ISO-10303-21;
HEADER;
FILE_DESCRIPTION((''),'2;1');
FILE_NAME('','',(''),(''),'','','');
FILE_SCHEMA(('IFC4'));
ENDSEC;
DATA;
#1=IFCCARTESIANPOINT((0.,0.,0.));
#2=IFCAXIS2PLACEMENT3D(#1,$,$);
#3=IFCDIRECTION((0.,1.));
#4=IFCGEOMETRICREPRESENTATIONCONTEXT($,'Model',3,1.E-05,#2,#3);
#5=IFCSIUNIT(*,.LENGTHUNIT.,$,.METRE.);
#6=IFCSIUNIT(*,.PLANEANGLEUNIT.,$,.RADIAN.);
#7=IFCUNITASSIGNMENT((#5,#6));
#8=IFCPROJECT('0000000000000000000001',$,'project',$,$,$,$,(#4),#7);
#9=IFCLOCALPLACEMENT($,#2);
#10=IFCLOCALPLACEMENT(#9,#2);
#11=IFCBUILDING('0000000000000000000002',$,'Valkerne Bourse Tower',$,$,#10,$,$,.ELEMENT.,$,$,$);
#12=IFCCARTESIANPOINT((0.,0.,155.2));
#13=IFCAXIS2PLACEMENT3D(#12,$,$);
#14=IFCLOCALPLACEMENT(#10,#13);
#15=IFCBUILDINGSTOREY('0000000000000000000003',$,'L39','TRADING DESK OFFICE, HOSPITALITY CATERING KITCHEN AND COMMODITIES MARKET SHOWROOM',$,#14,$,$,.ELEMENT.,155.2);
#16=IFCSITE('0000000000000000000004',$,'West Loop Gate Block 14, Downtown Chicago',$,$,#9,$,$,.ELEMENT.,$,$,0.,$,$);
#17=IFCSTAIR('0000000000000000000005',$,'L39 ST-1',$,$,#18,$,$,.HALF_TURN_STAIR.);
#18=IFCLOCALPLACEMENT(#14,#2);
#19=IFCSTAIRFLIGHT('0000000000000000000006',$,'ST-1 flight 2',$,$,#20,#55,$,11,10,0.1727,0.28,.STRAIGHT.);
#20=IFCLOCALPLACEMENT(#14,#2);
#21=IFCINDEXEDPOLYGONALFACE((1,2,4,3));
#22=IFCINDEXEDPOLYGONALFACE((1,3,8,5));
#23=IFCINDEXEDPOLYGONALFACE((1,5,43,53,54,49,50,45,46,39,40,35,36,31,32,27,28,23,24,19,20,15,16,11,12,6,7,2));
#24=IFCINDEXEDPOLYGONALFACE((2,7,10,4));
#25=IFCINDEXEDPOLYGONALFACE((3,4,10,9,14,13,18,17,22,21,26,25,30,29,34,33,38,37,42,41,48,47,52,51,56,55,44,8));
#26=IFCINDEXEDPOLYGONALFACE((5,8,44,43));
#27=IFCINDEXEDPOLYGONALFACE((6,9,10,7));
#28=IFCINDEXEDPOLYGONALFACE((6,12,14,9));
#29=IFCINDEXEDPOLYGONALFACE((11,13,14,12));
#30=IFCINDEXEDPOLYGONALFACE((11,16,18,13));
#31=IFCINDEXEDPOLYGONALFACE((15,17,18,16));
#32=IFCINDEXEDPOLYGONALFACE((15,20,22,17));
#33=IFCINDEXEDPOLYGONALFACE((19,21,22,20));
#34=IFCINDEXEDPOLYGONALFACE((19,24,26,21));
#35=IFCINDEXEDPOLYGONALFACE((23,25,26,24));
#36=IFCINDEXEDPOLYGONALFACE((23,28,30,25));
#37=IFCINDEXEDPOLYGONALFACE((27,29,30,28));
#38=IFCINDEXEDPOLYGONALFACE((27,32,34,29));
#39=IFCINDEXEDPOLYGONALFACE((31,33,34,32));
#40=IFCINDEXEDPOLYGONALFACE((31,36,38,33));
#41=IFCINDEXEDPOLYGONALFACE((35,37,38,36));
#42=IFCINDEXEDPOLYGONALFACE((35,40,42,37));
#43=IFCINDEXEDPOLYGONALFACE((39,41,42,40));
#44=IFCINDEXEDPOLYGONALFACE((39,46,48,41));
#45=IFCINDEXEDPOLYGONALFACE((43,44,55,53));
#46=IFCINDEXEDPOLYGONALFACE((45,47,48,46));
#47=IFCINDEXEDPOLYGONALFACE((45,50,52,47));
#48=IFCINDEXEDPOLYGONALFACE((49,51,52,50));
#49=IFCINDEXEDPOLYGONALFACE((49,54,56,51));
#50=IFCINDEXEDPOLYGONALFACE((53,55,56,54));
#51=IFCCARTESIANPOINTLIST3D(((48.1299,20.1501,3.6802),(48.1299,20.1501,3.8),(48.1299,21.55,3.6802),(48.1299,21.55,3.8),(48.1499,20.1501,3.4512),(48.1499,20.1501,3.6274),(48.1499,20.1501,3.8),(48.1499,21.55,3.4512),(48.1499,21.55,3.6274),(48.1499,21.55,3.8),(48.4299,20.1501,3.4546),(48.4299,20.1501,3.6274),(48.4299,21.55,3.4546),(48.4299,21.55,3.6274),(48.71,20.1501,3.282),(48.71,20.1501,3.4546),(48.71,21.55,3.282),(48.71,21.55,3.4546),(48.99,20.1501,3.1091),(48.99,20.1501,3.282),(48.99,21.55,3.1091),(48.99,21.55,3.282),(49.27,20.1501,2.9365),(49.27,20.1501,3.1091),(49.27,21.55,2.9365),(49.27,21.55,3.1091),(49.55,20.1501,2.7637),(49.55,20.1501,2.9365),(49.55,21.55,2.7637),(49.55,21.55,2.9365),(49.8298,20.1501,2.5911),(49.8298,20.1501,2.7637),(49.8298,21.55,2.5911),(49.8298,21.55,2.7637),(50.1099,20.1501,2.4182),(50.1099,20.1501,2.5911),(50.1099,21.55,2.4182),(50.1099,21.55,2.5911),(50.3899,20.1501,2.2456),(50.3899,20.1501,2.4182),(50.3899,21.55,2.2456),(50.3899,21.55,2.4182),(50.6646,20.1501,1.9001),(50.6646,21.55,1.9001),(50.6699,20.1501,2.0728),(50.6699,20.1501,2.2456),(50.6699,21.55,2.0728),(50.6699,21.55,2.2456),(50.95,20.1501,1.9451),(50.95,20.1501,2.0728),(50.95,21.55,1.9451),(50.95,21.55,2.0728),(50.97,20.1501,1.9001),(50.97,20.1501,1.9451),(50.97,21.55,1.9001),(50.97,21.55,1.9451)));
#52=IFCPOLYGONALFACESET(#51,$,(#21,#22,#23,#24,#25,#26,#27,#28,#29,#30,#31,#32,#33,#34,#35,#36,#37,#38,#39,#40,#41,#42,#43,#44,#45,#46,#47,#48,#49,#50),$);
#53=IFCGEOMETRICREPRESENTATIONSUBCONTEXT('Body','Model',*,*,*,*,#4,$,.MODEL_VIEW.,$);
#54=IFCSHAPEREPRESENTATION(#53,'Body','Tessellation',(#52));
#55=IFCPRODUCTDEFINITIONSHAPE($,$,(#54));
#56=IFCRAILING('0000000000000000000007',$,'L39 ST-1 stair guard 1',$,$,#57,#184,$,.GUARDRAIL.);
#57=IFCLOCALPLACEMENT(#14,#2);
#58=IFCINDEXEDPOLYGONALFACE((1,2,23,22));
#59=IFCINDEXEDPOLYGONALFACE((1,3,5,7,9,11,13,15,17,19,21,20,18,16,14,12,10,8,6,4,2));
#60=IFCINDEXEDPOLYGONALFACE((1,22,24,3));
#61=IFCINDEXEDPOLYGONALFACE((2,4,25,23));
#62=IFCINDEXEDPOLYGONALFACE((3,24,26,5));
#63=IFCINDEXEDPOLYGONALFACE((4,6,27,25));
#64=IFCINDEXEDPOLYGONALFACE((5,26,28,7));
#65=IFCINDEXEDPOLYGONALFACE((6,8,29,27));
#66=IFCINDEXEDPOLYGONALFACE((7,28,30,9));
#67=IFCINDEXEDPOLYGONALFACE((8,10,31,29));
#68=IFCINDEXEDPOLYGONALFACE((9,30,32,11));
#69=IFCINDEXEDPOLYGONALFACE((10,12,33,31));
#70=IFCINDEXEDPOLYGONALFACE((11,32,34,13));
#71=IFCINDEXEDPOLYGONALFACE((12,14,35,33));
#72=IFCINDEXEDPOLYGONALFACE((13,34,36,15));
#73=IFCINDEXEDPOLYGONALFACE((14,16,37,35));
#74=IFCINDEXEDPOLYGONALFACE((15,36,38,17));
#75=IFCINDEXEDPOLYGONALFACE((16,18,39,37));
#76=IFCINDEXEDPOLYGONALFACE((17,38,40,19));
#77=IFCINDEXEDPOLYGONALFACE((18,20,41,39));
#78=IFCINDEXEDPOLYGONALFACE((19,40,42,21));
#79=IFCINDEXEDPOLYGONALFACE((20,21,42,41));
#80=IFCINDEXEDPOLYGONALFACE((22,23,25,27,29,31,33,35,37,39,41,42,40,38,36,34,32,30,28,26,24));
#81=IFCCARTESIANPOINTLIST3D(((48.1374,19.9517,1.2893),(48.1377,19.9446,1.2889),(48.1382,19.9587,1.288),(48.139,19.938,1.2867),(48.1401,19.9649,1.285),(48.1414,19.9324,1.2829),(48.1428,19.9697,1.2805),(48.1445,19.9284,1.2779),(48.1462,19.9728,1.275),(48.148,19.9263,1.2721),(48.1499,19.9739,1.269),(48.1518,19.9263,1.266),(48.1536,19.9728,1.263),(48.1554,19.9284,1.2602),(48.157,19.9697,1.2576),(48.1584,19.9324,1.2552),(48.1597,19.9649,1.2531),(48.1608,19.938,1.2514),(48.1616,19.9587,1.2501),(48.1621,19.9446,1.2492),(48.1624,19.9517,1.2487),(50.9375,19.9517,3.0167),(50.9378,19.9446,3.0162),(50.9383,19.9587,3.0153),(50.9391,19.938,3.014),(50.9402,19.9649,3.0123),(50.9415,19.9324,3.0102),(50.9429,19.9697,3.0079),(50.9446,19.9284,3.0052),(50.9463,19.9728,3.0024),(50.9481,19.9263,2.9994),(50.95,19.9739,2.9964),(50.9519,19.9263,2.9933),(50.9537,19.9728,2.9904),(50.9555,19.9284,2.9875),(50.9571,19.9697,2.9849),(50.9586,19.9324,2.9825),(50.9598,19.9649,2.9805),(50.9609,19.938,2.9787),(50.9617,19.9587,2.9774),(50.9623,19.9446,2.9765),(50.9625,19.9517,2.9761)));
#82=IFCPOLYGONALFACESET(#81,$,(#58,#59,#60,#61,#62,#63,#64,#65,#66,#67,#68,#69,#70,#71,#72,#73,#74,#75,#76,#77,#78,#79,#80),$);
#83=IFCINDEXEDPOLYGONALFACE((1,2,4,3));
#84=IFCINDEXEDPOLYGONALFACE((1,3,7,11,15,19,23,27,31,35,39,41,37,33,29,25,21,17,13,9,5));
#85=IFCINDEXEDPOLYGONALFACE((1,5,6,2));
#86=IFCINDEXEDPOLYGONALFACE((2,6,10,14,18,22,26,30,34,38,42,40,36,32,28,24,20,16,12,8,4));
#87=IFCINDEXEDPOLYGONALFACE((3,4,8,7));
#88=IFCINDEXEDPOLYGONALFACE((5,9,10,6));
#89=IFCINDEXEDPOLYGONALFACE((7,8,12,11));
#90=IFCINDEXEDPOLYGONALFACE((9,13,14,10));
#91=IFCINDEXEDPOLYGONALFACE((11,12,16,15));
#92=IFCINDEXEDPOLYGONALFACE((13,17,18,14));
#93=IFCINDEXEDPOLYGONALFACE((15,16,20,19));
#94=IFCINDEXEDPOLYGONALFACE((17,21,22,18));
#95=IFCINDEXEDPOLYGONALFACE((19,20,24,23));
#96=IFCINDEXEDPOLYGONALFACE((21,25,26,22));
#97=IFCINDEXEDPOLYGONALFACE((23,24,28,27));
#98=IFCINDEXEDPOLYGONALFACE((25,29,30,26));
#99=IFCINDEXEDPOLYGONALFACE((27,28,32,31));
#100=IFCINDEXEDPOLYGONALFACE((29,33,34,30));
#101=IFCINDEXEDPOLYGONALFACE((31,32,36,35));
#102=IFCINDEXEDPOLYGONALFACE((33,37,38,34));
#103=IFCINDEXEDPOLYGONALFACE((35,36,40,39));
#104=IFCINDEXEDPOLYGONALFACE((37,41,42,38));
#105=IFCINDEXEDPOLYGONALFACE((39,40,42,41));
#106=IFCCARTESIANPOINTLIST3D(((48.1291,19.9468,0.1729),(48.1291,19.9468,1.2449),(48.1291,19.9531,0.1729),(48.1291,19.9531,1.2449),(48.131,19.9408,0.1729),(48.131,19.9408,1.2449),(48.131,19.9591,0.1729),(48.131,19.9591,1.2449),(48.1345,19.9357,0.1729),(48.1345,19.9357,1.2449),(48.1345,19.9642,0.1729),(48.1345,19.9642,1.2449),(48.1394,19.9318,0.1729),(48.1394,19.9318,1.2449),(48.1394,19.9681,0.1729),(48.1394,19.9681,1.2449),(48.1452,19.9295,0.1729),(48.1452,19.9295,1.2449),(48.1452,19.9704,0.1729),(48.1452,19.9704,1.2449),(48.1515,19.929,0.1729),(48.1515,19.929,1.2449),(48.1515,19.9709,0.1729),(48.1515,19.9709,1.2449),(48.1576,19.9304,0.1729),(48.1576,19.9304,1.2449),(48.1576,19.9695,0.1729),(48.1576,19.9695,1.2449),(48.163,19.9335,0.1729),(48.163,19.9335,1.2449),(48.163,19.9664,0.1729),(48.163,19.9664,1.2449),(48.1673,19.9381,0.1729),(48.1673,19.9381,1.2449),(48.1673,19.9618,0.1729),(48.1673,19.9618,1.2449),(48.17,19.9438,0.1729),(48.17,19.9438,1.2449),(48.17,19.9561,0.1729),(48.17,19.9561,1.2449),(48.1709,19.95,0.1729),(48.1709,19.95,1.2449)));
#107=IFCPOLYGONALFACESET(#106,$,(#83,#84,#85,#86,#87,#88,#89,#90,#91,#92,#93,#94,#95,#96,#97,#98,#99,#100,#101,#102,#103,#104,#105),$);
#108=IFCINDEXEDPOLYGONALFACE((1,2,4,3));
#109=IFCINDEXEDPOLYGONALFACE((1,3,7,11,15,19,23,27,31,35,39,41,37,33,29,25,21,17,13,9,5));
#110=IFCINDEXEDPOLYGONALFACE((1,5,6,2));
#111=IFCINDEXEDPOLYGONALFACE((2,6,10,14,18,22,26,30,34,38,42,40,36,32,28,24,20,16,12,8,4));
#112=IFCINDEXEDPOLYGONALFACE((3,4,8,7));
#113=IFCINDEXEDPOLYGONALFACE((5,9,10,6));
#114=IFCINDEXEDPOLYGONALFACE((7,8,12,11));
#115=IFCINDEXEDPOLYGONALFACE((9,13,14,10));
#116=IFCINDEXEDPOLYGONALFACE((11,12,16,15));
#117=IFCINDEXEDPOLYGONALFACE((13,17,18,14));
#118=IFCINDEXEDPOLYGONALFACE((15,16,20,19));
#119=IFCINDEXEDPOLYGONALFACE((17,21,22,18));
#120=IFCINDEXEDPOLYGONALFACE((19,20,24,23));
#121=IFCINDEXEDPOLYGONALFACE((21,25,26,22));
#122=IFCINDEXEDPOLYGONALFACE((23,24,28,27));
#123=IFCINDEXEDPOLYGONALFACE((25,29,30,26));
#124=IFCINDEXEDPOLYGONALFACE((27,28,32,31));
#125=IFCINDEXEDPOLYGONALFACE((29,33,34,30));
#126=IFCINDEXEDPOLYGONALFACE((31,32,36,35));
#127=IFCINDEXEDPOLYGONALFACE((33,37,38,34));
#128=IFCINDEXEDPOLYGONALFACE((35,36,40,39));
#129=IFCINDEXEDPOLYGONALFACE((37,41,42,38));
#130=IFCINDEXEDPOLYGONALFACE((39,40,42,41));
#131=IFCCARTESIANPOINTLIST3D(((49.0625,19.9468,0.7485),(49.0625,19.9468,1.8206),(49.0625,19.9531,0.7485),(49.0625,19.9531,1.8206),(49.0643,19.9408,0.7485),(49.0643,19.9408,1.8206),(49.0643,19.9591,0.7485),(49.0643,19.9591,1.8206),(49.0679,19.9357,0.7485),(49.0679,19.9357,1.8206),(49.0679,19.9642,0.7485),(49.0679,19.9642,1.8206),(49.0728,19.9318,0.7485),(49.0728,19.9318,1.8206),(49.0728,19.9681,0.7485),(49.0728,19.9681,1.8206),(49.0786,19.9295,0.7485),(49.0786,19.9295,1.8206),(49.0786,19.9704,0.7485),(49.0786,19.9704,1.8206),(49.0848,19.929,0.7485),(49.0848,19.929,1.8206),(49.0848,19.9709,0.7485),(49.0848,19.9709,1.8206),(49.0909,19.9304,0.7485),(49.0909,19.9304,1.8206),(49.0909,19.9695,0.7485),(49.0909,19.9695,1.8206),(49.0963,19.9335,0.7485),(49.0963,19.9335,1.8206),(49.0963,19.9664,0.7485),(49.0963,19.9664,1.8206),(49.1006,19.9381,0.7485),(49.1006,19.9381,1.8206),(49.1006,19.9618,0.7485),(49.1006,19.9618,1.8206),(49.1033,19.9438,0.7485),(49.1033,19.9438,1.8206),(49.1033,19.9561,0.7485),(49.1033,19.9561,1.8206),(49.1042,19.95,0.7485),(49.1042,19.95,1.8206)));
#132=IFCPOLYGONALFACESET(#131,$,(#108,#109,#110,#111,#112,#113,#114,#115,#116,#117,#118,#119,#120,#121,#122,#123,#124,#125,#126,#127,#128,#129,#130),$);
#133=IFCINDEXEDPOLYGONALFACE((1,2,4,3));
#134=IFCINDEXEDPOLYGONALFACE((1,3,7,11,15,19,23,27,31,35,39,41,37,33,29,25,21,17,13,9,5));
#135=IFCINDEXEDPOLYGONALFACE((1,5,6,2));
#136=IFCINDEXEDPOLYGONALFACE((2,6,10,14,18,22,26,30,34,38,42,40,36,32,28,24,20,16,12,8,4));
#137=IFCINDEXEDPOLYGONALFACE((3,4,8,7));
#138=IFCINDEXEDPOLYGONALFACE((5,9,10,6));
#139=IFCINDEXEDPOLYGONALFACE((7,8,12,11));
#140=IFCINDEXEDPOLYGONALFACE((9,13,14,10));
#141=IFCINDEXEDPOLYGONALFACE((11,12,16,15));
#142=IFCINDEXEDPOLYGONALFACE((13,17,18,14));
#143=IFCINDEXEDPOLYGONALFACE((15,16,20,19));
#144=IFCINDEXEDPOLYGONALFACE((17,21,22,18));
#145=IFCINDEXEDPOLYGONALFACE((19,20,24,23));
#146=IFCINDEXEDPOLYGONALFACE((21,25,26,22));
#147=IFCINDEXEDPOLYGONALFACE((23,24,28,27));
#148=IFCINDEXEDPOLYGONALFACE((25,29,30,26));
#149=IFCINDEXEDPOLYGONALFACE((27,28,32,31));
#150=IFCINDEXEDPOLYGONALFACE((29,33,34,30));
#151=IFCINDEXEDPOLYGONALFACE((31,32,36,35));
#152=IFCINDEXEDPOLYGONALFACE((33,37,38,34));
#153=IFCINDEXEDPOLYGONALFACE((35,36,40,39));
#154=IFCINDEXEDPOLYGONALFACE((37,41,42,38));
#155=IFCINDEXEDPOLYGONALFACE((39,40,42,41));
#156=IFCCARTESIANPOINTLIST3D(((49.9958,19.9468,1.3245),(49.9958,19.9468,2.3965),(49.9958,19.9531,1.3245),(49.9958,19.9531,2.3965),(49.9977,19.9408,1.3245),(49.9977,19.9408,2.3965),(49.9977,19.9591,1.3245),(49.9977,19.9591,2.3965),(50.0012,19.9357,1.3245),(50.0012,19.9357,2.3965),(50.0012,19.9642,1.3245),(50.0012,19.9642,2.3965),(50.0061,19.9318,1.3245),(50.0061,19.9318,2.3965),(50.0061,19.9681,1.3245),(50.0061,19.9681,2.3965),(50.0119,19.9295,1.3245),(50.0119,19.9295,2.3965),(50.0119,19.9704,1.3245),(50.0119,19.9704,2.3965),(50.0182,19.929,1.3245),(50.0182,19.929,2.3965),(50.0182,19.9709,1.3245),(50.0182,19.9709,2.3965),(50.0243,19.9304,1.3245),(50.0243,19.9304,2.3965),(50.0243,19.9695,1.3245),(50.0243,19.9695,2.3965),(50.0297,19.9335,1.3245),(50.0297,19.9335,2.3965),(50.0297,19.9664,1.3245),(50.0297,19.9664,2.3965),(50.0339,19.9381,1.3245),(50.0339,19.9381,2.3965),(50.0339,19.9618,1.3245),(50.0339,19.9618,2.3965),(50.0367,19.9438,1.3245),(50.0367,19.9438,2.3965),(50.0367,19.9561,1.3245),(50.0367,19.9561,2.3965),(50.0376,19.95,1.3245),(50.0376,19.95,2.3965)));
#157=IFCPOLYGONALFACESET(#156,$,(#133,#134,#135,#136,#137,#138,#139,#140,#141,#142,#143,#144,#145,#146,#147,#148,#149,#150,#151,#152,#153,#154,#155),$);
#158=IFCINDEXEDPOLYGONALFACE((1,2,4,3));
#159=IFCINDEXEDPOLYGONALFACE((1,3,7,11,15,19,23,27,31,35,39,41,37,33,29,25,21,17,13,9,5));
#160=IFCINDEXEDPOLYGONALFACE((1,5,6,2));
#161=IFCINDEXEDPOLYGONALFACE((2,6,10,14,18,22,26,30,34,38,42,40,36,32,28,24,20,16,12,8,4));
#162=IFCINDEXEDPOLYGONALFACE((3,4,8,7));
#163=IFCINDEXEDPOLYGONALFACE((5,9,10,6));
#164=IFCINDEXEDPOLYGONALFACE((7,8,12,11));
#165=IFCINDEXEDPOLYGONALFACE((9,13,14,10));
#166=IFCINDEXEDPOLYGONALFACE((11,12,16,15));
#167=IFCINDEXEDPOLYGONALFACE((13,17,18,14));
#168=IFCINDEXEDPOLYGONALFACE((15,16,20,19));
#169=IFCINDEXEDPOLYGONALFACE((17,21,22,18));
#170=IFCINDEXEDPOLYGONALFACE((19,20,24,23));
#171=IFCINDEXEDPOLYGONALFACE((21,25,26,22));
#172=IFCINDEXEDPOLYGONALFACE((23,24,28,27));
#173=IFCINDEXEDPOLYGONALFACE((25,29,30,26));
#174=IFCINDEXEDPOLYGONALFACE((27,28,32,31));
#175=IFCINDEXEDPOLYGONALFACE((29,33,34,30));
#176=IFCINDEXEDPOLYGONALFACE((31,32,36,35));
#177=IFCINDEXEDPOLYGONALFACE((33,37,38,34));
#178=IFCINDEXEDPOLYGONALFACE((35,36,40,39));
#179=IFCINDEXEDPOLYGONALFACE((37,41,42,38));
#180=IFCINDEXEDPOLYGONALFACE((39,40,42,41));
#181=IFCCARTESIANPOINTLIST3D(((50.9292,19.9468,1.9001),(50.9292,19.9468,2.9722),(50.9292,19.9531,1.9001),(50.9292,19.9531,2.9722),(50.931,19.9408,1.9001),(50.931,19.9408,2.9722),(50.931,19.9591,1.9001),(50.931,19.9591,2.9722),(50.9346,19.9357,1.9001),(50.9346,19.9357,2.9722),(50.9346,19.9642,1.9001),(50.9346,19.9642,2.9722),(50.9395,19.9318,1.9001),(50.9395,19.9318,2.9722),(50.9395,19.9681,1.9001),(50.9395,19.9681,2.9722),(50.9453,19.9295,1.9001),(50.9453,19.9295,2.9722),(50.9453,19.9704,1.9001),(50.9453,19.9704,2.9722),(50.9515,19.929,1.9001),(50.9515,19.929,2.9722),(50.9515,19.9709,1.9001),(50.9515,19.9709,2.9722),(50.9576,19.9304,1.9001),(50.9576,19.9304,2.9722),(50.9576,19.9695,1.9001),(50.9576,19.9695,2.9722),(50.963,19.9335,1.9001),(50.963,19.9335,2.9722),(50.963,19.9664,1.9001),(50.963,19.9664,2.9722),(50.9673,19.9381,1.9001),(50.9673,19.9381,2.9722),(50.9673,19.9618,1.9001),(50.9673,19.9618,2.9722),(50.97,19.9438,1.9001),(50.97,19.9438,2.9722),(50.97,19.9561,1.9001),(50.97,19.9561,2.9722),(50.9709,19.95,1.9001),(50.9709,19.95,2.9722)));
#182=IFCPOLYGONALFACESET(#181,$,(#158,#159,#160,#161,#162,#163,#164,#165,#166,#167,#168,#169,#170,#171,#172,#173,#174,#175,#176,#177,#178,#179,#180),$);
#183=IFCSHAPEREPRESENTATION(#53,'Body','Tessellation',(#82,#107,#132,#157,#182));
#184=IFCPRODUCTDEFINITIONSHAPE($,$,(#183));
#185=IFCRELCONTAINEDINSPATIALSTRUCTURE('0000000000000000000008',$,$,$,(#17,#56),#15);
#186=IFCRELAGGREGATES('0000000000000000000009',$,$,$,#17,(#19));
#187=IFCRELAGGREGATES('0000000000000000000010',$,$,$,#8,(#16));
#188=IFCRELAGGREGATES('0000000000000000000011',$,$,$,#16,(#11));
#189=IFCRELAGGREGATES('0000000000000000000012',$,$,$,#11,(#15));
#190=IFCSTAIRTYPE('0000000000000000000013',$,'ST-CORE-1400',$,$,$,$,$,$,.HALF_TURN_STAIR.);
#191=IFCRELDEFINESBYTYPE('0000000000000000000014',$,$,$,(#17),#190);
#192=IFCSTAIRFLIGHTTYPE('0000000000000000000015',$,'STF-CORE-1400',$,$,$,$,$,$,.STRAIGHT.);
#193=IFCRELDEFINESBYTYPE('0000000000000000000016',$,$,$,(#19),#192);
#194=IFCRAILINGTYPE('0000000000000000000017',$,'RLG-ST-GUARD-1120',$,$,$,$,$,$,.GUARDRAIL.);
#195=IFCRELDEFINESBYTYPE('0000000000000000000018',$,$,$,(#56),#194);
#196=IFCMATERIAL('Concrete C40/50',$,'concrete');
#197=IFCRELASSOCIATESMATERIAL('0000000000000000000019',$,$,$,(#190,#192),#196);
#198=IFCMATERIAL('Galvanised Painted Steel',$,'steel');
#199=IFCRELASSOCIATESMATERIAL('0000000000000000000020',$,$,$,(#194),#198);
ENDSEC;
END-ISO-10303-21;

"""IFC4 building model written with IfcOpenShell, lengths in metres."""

from ifc_helpers import new_model, si_unit, direction, frame, origin, origin_2d, place, context, subcontext, project, spatial, polyline, circle, outline, extrude, material, type_object, element, aggregate, save


model = new_model("IFC4")

# Units and contexts
model_context = context("Model", 3, precision=1e-05, world=origin(), true_north=direction((0.0, 1.0)))
body_context = subcontext(model_context, "Body", "Model", "MODEL_VIEW")
ifc_project = project(units=[si_unit("LENGTHUNIT", "METRE"), si_unit("PLANEANGLEUNIT", "RADIAN")], contexts=[model_context])

# Site, building, storey
site_placement = place(None, origin())
site = spatial("IfcSite", under=ifc_project, at=site_placement, Name="West Loop Gate Block 14, Downtown Chicago", CompositionType="ELEMENT", RefElevation=0.0)
building_placement = place(site_placement, origin())
building = spatial("IfcBuilding", under=site, at=building_placement, Name="Valkerne Bourse Tower", CompositionType="ELEMENT")
storey_placement = place(building_placement, frame((0.0, 0.0, 155.2)))
storey = spatial("IfcBuildingStorey", under=building, at=storey_placement, Name="L39", Description="TRADING DESK OFFICE, HOSPITALITY CATERING KITCHEN AND COMMODITIES MARKET SHOWROOM", CompositionType="ELEMENT", Elevation=155.2)

# Shared definitions
ifc_material_1 = material(Name="Galvanised Painted Steel", Category="steel")

# Shared definitions
ifc_material_2 = material(Name="Concrete C40/50", Category="concrete")

# Stair, stair flight
stair_type = type_object("IfcStairType", Name="ST-CORE-1400", PredefinedType="HALF_TURN_STAIR", material=ifc_material_2)
stair_placement = place(storey_placement, origin())
stair = element("IfcStair", 1, at=stair_placement, inside=storey, type_object=stair_type, Name="L39 ST-1", PredefinedType="HALF_TURN_STAIR")
stair_flight_type = type_object("IfcStairFlightType", Name="STF-CORE-1400", PredefinedType="STRAIGHT", material=ifc_material_2)
stair_flight_1_placement = place(storey_placement, frame((50.95, 20.8501, 1.9001), z_axis=(0.0, 0.0, 1.0), x_axis=(-1.0, 0.0, 0.0)))
stair_flight_1 = element("IfcStairFlight", 2, at=stair_flight_1_placement, type_object=stair_flight_type, Name="ST-1 flight 2", NumberOfRisers=11, NumberOfTreads=10, PredefinedType="STRAIGHT", RiserHeight=0.1727, TreadLength=0.28, context=body_context, shape_type="SweptSolid", body=[
    extrude(outline(polyline([(-0.02, 0.0), (-0.02, 0.0449), (0.0, 0.0449), (0.0, 0.1726), (0.28, 0.1726), (0.28, 0.3455), (0.5601, 0.3455), (0.5601, 0.5181), (0.8401, 0.5181), (0.8401, 0.6909), (1.1201, 0.6909), (1.1201, 0.8635), (1.3999, 0.8635), (1.3999, 1.0364), (1.6799, 1.0364), (1.6799, 1.209), (1.96, 1.209), (1.96, 1.3818), (2.24, 1.3818), (2.24, 1.5544), (2.52, 1.5544), (2.52, 1.7273), (2.8, 1.7273), (2.8, 1.8999), (2.8201, 1.8999), (2.8201, 1.78), (2.8, 1.551), (0.2854, 0.0), (-0.02, 0.0)])), frame((0.0, 0.7, 0.0), z_axis=(0.0, -1.0, 0.0), x_axis=(1.0, 0.0, 0.0)), (0.0, 0.0, 1.0), 1.3999),
])
aggregate(stair, [stair_flight_1])

# Railing
railing_type_1 = type_object("IfcRailingType", Name="RLG-ST-GUARD-1120", PredefinedType="GUARDRAIL", material=ifc_material_1)
railing_1_placement = place(storey_placement, frame((48.1499, 19.95, 0.1729)))
element("IfcRailing", 3, at=railing_1_placement, inside=storey, type_object=railing_type_1, Name="L39 ST-1 stair guard 1", PredefinedType="GUARDRAIL", context=body_context, shape_type="SweptSolid", body=[
    extrude(circle(Radius=0.0239, at=origin_2d()), frame((0.0, 0.0, 1.0962), z_axis=(0.85109, 0.0, 0.52502), x_axis=(0.0, 1.0, 0.0)), (0.0, 0.0, 1.0), 3.29),
    extrude(circle(Radius=0.021, at=origin_2d()), origin(), (0.0, 0.0, 1.0), 1.072),
    extrude(circle(Radius=0.021, at=origin_2d()), frame((0.9333, 0.0, 0.5757)), (0.0, 0.0, 1.0), 1.072),
    extrude(circle(Radius=0.021, at=origin_2d()), frame((1.8667, 0.0, 1.1516)), (0.0, 0.0, 1.0), 1.072),
    extrude(circle(Radius=0.021, at=origin_2d()), frame((2.8, 0.0, 1.7273)), (0.0, 0.0, 1.0), 1.072),
])

save(model, "model.ifc")
